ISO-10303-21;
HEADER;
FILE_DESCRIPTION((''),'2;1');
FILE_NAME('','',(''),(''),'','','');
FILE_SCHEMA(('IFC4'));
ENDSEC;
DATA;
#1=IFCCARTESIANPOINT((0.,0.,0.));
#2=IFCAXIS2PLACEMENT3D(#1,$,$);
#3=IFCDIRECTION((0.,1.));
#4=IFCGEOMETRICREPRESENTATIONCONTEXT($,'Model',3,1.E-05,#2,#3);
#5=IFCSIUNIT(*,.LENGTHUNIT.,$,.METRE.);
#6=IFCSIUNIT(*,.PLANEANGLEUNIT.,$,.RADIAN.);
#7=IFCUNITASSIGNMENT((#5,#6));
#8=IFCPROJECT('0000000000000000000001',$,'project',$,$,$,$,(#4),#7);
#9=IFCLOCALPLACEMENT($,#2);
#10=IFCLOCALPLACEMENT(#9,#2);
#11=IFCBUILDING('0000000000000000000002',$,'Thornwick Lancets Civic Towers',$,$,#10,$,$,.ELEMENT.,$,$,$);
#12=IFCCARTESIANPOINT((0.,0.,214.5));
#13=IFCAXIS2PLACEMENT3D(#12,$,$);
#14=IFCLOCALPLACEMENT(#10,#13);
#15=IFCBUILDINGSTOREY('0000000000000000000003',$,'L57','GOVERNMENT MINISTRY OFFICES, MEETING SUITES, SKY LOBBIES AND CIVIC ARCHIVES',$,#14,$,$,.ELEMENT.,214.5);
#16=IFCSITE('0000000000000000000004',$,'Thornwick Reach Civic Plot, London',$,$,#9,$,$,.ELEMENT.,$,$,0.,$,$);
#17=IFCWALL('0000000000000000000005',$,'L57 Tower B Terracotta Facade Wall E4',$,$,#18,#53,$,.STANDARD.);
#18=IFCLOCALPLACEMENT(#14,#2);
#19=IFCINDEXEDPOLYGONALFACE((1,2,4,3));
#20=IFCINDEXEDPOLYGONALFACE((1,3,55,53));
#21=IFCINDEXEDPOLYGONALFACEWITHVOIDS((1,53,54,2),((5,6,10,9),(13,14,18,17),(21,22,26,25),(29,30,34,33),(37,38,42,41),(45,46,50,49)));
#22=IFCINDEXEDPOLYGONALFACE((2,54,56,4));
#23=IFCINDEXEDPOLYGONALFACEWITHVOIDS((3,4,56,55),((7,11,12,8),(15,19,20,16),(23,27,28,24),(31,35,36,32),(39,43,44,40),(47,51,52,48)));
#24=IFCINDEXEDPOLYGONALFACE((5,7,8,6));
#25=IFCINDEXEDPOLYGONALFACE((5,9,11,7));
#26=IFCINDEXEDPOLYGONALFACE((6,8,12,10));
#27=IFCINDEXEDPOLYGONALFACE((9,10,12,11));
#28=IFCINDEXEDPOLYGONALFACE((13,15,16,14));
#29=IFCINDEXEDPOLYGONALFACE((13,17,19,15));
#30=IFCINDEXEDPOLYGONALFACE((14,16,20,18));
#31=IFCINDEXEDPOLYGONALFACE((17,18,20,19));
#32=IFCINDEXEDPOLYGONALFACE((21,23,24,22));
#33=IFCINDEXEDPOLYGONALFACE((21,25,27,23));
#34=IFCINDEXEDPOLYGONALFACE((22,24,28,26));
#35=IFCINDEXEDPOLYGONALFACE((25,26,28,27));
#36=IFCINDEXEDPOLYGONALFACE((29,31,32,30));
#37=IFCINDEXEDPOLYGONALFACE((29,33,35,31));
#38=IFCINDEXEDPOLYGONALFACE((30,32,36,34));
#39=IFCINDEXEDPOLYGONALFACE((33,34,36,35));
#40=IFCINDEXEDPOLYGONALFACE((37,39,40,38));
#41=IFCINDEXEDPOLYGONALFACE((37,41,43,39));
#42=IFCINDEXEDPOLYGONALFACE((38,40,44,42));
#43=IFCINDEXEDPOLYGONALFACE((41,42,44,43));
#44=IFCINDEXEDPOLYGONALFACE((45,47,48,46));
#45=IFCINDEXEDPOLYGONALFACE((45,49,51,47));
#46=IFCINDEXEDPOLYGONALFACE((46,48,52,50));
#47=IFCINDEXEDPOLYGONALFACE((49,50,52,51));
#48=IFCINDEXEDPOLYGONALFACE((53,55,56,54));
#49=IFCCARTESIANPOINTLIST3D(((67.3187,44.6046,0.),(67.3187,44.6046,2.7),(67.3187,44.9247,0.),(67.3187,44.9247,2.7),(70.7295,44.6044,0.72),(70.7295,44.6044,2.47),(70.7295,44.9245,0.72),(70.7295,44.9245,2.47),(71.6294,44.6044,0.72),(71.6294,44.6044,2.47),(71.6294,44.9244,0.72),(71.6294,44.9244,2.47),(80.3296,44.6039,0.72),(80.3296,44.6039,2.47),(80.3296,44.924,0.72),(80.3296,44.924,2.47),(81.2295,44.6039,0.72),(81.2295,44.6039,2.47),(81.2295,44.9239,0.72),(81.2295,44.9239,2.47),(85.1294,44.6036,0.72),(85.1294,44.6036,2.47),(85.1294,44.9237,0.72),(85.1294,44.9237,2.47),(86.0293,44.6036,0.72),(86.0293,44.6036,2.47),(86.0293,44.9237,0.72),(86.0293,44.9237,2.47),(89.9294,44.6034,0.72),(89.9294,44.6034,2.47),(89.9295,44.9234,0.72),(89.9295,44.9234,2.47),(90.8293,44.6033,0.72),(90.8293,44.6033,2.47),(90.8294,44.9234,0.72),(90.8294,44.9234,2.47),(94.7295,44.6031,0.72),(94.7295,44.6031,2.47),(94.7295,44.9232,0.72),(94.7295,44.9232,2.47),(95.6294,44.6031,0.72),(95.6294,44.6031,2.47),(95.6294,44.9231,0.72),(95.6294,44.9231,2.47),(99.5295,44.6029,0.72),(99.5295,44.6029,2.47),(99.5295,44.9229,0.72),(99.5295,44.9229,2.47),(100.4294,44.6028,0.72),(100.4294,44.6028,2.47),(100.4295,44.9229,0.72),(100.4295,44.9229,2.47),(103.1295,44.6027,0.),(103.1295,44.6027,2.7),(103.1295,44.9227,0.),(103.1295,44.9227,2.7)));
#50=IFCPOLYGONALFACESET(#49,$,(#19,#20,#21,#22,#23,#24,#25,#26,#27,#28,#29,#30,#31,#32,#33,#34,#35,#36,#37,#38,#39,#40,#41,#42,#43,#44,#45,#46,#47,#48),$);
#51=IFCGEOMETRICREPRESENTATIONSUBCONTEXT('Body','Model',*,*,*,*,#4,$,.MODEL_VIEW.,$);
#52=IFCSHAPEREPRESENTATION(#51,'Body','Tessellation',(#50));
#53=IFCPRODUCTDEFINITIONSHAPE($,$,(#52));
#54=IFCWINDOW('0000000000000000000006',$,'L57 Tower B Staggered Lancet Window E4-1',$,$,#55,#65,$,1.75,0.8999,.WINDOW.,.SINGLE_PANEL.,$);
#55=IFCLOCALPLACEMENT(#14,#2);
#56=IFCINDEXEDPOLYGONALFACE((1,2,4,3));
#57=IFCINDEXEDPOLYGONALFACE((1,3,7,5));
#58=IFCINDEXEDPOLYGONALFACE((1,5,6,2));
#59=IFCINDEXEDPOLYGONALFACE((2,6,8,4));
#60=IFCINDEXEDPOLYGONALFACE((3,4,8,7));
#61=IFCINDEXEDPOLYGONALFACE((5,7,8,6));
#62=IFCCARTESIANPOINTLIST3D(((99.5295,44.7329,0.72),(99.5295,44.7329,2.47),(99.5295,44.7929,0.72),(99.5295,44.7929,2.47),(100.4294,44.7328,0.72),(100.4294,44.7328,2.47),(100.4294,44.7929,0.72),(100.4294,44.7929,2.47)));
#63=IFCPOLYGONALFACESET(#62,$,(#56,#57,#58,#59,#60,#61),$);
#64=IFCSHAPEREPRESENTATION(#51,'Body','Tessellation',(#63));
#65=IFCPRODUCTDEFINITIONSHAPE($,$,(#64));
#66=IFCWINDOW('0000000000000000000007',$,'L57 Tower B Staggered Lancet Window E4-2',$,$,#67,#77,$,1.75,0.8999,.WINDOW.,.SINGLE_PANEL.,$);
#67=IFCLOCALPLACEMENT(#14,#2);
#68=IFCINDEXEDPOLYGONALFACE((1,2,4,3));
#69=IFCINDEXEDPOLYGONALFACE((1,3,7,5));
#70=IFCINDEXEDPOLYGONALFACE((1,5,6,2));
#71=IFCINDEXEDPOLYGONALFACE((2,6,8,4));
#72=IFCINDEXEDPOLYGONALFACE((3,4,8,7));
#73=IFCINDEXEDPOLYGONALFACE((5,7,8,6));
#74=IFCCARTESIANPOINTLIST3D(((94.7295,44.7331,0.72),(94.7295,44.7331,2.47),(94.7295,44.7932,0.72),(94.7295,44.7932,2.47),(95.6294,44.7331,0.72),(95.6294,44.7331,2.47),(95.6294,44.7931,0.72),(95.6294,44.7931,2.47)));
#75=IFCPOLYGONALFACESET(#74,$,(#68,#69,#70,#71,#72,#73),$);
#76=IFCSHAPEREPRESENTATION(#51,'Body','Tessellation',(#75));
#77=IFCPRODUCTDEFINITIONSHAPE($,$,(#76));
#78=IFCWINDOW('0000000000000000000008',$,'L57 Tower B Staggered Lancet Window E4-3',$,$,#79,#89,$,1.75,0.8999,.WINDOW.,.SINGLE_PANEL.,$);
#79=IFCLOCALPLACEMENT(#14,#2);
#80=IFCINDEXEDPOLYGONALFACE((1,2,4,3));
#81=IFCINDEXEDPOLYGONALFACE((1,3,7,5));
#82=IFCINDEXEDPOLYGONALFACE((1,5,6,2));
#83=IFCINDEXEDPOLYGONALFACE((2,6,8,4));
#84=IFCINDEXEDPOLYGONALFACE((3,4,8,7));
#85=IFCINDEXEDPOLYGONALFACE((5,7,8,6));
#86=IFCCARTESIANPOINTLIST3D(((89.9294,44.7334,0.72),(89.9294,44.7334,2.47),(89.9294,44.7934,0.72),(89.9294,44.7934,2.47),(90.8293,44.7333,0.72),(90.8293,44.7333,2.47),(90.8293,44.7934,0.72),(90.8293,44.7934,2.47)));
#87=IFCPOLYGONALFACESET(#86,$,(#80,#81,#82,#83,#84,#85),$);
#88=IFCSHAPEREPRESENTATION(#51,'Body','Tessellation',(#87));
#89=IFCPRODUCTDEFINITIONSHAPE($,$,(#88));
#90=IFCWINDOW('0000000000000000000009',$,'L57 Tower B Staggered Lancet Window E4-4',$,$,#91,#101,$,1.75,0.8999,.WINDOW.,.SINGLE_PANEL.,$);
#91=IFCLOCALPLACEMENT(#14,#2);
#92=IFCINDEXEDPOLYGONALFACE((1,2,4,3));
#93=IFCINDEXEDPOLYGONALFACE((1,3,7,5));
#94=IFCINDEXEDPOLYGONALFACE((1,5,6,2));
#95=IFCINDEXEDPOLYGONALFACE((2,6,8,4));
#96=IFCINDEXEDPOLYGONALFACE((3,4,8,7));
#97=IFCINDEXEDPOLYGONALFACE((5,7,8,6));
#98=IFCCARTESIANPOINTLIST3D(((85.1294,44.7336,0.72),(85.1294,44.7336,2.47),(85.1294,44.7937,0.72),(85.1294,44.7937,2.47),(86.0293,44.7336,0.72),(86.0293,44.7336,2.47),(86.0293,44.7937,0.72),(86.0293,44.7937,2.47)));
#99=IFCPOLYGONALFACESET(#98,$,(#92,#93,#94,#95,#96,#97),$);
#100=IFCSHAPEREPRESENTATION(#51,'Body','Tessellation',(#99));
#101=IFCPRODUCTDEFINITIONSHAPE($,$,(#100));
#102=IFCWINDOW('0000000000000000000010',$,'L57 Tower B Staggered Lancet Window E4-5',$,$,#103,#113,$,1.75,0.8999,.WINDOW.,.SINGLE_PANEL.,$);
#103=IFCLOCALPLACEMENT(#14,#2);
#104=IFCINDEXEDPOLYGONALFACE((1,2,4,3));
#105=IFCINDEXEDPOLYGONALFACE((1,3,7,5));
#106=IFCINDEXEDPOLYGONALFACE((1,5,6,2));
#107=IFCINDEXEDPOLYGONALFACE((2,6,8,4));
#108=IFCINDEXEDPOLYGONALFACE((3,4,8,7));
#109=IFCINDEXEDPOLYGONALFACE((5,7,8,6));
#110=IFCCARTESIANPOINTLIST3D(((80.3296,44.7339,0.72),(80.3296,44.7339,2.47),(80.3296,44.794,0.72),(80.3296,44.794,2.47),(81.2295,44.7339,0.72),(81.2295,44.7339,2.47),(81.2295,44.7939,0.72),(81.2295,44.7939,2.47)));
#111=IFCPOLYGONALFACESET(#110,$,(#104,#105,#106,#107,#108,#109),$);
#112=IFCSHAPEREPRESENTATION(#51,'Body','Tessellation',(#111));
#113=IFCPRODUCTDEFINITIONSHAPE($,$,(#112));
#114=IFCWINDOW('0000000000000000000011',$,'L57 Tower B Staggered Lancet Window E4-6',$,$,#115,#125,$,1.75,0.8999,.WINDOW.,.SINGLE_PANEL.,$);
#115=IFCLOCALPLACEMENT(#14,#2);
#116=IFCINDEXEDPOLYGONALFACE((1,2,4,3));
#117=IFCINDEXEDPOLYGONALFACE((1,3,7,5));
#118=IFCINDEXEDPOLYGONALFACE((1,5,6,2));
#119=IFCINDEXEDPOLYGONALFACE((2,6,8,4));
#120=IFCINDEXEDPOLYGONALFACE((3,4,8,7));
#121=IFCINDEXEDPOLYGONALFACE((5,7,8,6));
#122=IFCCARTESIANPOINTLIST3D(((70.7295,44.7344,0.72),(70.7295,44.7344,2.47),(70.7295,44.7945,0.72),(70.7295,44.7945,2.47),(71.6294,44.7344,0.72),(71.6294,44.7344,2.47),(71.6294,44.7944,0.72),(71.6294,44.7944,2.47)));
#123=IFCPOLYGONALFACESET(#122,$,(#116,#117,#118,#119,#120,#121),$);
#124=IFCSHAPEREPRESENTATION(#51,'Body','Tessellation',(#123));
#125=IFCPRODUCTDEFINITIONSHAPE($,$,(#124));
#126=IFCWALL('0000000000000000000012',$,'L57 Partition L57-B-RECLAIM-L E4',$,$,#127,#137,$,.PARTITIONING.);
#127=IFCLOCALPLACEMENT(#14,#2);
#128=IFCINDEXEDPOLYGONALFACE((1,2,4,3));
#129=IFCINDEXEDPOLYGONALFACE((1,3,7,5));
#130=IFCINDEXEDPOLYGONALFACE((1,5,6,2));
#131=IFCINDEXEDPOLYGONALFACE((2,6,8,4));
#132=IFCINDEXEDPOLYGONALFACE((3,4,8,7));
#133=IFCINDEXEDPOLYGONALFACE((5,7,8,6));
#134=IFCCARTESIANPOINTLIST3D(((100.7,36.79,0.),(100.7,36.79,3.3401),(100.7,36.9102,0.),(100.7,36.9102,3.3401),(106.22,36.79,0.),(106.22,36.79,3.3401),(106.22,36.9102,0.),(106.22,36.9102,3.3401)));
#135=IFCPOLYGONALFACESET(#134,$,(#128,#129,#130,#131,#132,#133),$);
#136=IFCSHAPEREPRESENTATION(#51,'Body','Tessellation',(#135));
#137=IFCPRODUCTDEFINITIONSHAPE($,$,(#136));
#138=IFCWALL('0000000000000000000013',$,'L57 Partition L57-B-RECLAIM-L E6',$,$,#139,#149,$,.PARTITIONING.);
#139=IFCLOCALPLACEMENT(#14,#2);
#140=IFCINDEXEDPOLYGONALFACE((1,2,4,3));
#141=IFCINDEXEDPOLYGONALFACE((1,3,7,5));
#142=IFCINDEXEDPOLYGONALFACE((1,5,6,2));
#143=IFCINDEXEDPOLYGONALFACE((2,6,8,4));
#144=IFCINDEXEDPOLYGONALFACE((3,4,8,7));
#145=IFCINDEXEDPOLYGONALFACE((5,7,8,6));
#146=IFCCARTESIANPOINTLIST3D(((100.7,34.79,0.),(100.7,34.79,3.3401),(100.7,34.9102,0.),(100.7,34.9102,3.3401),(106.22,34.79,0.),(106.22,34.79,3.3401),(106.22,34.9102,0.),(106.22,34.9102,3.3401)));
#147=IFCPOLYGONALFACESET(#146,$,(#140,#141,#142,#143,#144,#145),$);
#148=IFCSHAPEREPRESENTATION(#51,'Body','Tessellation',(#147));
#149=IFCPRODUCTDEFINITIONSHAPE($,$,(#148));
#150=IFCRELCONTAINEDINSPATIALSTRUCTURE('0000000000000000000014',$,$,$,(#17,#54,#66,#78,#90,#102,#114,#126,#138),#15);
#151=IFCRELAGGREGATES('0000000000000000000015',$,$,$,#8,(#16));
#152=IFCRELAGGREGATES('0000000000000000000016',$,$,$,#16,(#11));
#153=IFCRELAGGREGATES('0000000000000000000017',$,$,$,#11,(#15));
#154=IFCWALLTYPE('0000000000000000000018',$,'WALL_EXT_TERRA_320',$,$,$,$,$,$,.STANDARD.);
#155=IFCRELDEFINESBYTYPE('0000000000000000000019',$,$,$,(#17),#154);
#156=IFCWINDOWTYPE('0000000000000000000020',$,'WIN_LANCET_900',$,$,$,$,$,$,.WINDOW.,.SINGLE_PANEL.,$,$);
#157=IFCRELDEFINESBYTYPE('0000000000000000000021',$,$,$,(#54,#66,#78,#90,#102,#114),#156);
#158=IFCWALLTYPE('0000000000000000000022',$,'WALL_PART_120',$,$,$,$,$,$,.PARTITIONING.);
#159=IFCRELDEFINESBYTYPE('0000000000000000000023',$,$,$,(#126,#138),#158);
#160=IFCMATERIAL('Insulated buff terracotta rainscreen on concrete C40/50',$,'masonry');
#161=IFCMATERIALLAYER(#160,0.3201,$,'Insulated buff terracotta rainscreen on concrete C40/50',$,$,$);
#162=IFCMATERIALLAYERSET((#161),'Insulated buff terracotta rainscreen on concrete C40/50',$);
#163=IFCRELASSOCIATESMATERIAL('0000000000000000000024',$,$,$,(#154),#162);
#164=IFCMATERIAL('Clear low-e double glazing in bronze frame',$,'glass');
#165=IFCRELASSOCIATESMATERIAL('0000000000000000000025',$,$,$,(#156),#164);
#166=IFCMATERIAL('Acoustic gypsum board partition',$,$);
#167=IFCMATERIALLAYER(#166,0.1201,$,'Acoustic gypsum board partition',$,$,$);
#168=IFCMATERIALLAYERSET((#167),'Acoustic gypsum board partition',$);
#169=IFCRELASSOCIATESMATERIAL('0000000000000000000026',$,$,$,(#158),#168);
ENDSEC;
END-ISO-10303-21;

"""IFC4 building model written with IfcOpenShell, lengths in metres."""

from ifc_helpers import new_model, si_unit, direction, frame, frame_2d, origin, place, context, subcontext, project, spatial, rectangle, extrude, material, layer, layer_set, type_object, element, fill, save


model = new_model("IFC4")

# Units and contexts
model_context = context("Model", 3, precision=1e-05, world=origin(), true_north=direction((0.0, 1.0)))
body_context = subcontext(model_context, "Body", "Model", "MODEL_VIEW")
ifc_project = project(units=[si_unit("LENGTHUNIT", "METRE"), si_unit("PLANEANGLEUNIT", "RADIAN")], contexts=[model_context])

# Site, building, storey
site_placement = place(None, origin())
site = spatial("IfcSite", under=ifc_project, at=site_placement, Name="Thornwick Reach Civic Plot, London", CompositionType="ELEMENT", RefElevation=0.0)
building_placement = place(site_placement, origin())
building = spatial("IfcBuilding", under=site, at=building_placement, Name="Thornwick Lancets Civic Towers", CompositionType="ELEMENT")
storey_placement = place(building_placement, frame((0.0, 0.0, 214.5)))
storey = spatial("IfcBuildingStorey", under=building, at=storey_placement, Name="L57", Description="GOVERNMENT MINISTRY OFFICES, MEETING SUITES, SKY LOBBIES AND CIVIC ARCHIVES", CompositionType="ELEMENT", Elevation=214.5)

# Wall, openings, windows
ifc_material_1 = material(Name="Insulated buff terracotta rainscreen on concrete C40/50", Category="masonry")
ifc_layer_1 = layer(ifc_material_1, 0.3201, Name="Insulated buff terracotta rainscreen on concrete C40/50")
ifc_layer_set_1 = layer_set([ifc_layer_1], Name="Insulated buff terracotta rainscreen on concrete C40/50")
wall_type_1 = type_object("IfcWallType", Name="WALL_EXT_TERRA_320", PredefinedType="STANDARD", material=ifc_layer_set_1)
wall_1_placement = place(storey_placement, frame((103.1294, 44.7627, 0.0), z_axis=(0.0, 0.0, 1.0), x_axis=(-1.0, 0.000055, 0.0)))
wall_1 = element("IfcWall", 1, at=wall_1_placement, inside=storey, type_object=wall_type_1, Name="L57 Tower B Terracotta Facade Wall E4", PredefinedType="STANDARD", context=body_context, shape_type="SweptSolid", body=[
    extrude(rectangle(XDim=35.8108, YDim=0.3201, at=frame_2d((17.9053, 0.0))), origin(), (0.0, 0.0, 1.0), 2.7),
])
opening_1_placement = place(wall_1_placement, frame((2.7, 0.0, 0.72)))
opening_1 = element("IfcOpeningElement", 2, at=opening_1_placement, cuts=wall_1, PredefinedType="OPENING", context=body_context, shape_type="SweptSolid", body=[
    extrude(rectangle(XDim=0.8999, YDim=1.75, at=frame_2d((0.45, 0.875))), frame((0.0, 0.1699, 0.0), z_axis=(0.0, -1.0, 0.0), x_axis=(1.0, 0.0, 0.0)), (0.0, 0.0, 1.0), 0.3401),
])
opening_2_placement = place(wall_1_placement, frame((7.5, 0.0, 0.72)))
opening_2 = element("IfcOpeningElement", 3, at=opening_2_placement, cuts=wall_1, PredefinedType="OPENING", context=body_context, shape_type="SweptSolid", body=[
    extrude(rectangle(XDim=0.8999, YDim=1.75, at=frame_2d((0.45, 0.875))), frame((0.0, 0.1699, 0.0), z_axis=(0.0, -1.0, 0.0), x_axis=(1.0, 0.0, 0.0)), (0.0, 0.0, 1.0), 0.3401),
])
opening_3_placement = place(wall_1_placement, frame((12.3, 0.0, 0.72)))
opening_3 = element("IfcOpeningElement", 4, at=opening_3_placement, cuts=wall_1, PredefinedType="OPENING", context=body_context, shape_type="SweptSolid", body=[
    extrude(rectangle(XDim=0.8999, YDim=1.75, at=frame_2d((0.45, 0.875))), frame((0.0, 0.1699, 0.0), z_axis=(0.0, -1.0, 0.0), x_axis=(1.0, 0.0, 0.0)), (0.0, 0.0, 1.0), 0.3401),
])
opening_4_placement = place(wall_1_placement, frame((17.1001, 0.0, 0.72)))
opening_4 = element("IfcOpeningElement", 5, at=opening_4_placement, cuts=wall_1, PredefinedType="OPENING", context=body_context, shape_type="SweptSolid", body=[
    extrude(rectangle(XDim=0.8999, YDim=1.75, at=frame_2d((0.45, 0.875))), frame((0.0, 0.1699, 0.0), z_axis=(0.0, -1.0, 0.0), x_axis=(1.0, 0.0, 0.0)), (0.0, 0.0, 1.0), 0.3401),
])
opening_5_placement = place(wall_1_placement, frame((21.8999, 0.0, 0.72)))
opening_5 = element("IfcOpeningElement", 6, at=opening_5_placement, cuts=wall_1, PredefinedType="OPENING", context=body_context, shape_type="SweptSolid", body=[
    extrude(rectangle(XDim=0.8999, YDim=1.75, at=frame_2d((0.45, 0.875))), frame((0.0, 0.1699, 0.0), z_axis=(0.0, -1.0, 0.0), x_axis=(1.0, 0.0, 0.0)), (0.0, 0.0, 1.0), 0.3401),
])
opening_6_placement = place(wall_1_placement, frame((31.5, 0.0, 0.72)))
opening_6 = element("IfcOpeningElement", 7, at=opening_6_placement, cuts=wall_1, PredefinedType="OPENING", context=body_context, shape_type="SweptSolid", body=[
    extrude(rectangle(XDim=0.8999, YDim=1.75, at=frame_2d((0.45, 0.875))), frame((0.0, 0.1699, 0.0), z_axis=(0.0, -1.0, 0.0), x_axis=(1.0, 0.0, 0.0)), (0.0, 0.0, 1.0), 0.3401),
])
ifc_material_2 = material(Name="Clear low-e double glazing in bronze frame", Category="glass")
window_type = type_object("IfcWindowType", Name="WIN_LANCET_900", PartitioningType="SINGLE_PANEL", PredefinedType="WINDOW", material=ifc_material_2)
window_1_placement = place(opening_1_placement, origin())
window_1 = element("IfcWindow", 8, at=window_1_placement, inside=storey, type_object=window_type, Name="L57 Tower B Staggered Lancet Window E4-1", OverallHeight=1.75, OverallWidth=0.8999, PartitioningType="SINGLE_PANEL", PredefinedType="WINDOW", context=body_context, shape_type="SweptSolid", body=[
    extrude(rectangle(XDim=0.8999, YDim=1.75, at=frame_2d((0.45, 0.875))), frame((0.0, 0.03, 0.0), z_axis=(0.0, -1.0, 0.0), x_axis=(1.0, 0.0, 0.0)), (0.0, 0.0, 1.0), 0.0601),
])
fill(opening_1, window_1)
window_2_placement = place(opening_2_placement, origin())
window_2 = element("IfcWindow", 9, at=window_2_placement, inside=storey, type_object=window_type, Name="L57 Tower B Staggered Lancet Window E4-2", OverallHeight=1.75, OverallWidth=0.8999, PartitioningType="SINGLE_PANEL", PredefinedType="WINDOW", context=body_context, shape_type="SweptSolid", body=[
    extrude(rectangle(XDim=0.8999, YDim=1.75, at=frame_2d((0.45, 0.875))), frame((0.0, 0.03, 0.0), z_axis=(0.0, -1.0, 0.0), x_axis=(1.0, 0.0, 0.0)), (0.0, 0.0, 1.0), 0.0601),
])
fill(opening_2, window_2)
window_3_placement = place(opening_3_placement, origin())
window_3 = element("IfcWindow", 10, at=window_3_placement, inside=storey, type_object=window_type, Name="L57 Tower B Staggered Lancet Window E4-3", OverallHeight=1.75, OverallWidth=0.8999, PartitioningType="SINGLE_PANEL", PredefinedType="WINDOW", context=body_context, shape_type="SweptSolid", body=[
    extrude(rectangle(XDim=0.8999, YDim=1.75, at=frame_2d((0.45, 0.875))), frame((0.0, 0.03, 0.0), z_axis=(0.0, -1.0, 0.0), x_axis=(1.0, 0.0, 0.0)), (0.0, 0.0, 1.0), 0.0601),
])
fill(opening_3, window_3)
window_4_placement = place(opening_4_placement, origin())
window_4 = element("IfcWindow", 11, at=window_4_placement, inside=storey, type_object=window_type, Name="L57 Tower B Staggered Lancet Window E4-4", OverallHeight=1.75, OverallWidth=0.8999, PartitioningType="SINGLE_PANEL", PredefinedType="WINDOW", context=body_context, shape_type="SweptSolid", body=[
    extrude(rectangle(XDim=0.8999, YDim=1.75, at=frame_2d((0.45, 0.875))), frame((0.0, 0.03, 0.0), z_axis=(0.0, -1.0, 0.0), x_axis=(1.0, 0.0, 0.0)), (0.0, 0.0, 1.0), 0.0601),
])
fill(opening_4, window_4)
window_5_placement = place(opening_5_placement, origin())
window_5 = element("IfcWindow", 12, at=window_5_placement, inside=storey, type_object=window_type, Name="L57 Tower B Staggered Lancet Window E4-5", OverallHeight=1.75, OverallWidth=0.8999, PartitioningType="SINGLE_PANEL", PredefinedType="WINDOW", context=body_context, shape_type="SweptSolid", body=[
    extrude(rectangle(XDim=0.8999, YDim=1.75, at=frame_2d((0.45, 0.875))), frame((0.0, 0.03, 0.0), z_axis=(0.0, -1.0, 0.0), x_axis=(1.0, 0.0, 0.0)), (0.0, 0.0, 1.0), 0.0601),
])
fill(opening_5, window_5)
window_6_placement = place(opening_6_placement, origin())
window_6 = element("IfcWindow", 13, at=window_6_placement, inside=storey, type_object=window_type, Name="L57 Tower B Staggered Lancet Window E4-6", OverallHeight=1.75, OverallWidth=0.8999, PartitioningType="SINGLE_PANEL", PredefinedType="WINDOW", context=body_context, shape_type="SweptSolid", body=[
    extrude(rectangle(XDim=0.8999, YDim=1.75, at=frame_2d((0.45, 0.875))), frame((0.0, 0.03, 0.0), z_axis=(0.0, -1.0, 0.0), x_axis=(1.0, 0.0, 0.0)), (0.0, 0.0, 1.0), 0.0601),
])
fill(opening_6, window_6)

# Walls
ifc_material_3 = material(Name="Acoustic gypsum board partition")
ifc_layer_2 = layer(ifc_material_3, 0.1201, Name="Acoustic gypsum board partition")
ifc_layer_set_2 = layer_set([ifc_layer_2], Name="Acoustic gypsum board partition")
wall_type_2 = type_object("IfcWallType", Name="WALL_PART_120", PredefinedType="PARTITIONING", material=ifc_layer_set_2)
for number, where, z_axis, x_axis, name in (
    (14, (100.7, 36.8501, 0.0), (0.0, 0.0, 1.0), (1.0, 0.0, 0.0), "L57 Partition L57-B-RECLAIM-L E4"),
    (15, (106.22, 34.8501, 0.0), (0.0, 0.0, 1.0), (-1.0, 0.0, 0.0), "L57 Partition L57-B-RECLAIM-L E6"),
):
    element("IfcWall", number, at=place(storey_placement, frame(where, z_axis=z_axis, x_axis=x_axis)), inside=storey, type_object=wall_type_2, Name=name, PredefinedType="PARTITIONING", context=body_context, shape_type="SweptSolid", body=[
        extrude(rectangle(XDim=5.52, YDim=0.1201, at=frame_2d((2.76, 0.0))), origin(), (0.0, 0.0, 1.0), 3.3401),
    ])

save(model, "model.ifc")
